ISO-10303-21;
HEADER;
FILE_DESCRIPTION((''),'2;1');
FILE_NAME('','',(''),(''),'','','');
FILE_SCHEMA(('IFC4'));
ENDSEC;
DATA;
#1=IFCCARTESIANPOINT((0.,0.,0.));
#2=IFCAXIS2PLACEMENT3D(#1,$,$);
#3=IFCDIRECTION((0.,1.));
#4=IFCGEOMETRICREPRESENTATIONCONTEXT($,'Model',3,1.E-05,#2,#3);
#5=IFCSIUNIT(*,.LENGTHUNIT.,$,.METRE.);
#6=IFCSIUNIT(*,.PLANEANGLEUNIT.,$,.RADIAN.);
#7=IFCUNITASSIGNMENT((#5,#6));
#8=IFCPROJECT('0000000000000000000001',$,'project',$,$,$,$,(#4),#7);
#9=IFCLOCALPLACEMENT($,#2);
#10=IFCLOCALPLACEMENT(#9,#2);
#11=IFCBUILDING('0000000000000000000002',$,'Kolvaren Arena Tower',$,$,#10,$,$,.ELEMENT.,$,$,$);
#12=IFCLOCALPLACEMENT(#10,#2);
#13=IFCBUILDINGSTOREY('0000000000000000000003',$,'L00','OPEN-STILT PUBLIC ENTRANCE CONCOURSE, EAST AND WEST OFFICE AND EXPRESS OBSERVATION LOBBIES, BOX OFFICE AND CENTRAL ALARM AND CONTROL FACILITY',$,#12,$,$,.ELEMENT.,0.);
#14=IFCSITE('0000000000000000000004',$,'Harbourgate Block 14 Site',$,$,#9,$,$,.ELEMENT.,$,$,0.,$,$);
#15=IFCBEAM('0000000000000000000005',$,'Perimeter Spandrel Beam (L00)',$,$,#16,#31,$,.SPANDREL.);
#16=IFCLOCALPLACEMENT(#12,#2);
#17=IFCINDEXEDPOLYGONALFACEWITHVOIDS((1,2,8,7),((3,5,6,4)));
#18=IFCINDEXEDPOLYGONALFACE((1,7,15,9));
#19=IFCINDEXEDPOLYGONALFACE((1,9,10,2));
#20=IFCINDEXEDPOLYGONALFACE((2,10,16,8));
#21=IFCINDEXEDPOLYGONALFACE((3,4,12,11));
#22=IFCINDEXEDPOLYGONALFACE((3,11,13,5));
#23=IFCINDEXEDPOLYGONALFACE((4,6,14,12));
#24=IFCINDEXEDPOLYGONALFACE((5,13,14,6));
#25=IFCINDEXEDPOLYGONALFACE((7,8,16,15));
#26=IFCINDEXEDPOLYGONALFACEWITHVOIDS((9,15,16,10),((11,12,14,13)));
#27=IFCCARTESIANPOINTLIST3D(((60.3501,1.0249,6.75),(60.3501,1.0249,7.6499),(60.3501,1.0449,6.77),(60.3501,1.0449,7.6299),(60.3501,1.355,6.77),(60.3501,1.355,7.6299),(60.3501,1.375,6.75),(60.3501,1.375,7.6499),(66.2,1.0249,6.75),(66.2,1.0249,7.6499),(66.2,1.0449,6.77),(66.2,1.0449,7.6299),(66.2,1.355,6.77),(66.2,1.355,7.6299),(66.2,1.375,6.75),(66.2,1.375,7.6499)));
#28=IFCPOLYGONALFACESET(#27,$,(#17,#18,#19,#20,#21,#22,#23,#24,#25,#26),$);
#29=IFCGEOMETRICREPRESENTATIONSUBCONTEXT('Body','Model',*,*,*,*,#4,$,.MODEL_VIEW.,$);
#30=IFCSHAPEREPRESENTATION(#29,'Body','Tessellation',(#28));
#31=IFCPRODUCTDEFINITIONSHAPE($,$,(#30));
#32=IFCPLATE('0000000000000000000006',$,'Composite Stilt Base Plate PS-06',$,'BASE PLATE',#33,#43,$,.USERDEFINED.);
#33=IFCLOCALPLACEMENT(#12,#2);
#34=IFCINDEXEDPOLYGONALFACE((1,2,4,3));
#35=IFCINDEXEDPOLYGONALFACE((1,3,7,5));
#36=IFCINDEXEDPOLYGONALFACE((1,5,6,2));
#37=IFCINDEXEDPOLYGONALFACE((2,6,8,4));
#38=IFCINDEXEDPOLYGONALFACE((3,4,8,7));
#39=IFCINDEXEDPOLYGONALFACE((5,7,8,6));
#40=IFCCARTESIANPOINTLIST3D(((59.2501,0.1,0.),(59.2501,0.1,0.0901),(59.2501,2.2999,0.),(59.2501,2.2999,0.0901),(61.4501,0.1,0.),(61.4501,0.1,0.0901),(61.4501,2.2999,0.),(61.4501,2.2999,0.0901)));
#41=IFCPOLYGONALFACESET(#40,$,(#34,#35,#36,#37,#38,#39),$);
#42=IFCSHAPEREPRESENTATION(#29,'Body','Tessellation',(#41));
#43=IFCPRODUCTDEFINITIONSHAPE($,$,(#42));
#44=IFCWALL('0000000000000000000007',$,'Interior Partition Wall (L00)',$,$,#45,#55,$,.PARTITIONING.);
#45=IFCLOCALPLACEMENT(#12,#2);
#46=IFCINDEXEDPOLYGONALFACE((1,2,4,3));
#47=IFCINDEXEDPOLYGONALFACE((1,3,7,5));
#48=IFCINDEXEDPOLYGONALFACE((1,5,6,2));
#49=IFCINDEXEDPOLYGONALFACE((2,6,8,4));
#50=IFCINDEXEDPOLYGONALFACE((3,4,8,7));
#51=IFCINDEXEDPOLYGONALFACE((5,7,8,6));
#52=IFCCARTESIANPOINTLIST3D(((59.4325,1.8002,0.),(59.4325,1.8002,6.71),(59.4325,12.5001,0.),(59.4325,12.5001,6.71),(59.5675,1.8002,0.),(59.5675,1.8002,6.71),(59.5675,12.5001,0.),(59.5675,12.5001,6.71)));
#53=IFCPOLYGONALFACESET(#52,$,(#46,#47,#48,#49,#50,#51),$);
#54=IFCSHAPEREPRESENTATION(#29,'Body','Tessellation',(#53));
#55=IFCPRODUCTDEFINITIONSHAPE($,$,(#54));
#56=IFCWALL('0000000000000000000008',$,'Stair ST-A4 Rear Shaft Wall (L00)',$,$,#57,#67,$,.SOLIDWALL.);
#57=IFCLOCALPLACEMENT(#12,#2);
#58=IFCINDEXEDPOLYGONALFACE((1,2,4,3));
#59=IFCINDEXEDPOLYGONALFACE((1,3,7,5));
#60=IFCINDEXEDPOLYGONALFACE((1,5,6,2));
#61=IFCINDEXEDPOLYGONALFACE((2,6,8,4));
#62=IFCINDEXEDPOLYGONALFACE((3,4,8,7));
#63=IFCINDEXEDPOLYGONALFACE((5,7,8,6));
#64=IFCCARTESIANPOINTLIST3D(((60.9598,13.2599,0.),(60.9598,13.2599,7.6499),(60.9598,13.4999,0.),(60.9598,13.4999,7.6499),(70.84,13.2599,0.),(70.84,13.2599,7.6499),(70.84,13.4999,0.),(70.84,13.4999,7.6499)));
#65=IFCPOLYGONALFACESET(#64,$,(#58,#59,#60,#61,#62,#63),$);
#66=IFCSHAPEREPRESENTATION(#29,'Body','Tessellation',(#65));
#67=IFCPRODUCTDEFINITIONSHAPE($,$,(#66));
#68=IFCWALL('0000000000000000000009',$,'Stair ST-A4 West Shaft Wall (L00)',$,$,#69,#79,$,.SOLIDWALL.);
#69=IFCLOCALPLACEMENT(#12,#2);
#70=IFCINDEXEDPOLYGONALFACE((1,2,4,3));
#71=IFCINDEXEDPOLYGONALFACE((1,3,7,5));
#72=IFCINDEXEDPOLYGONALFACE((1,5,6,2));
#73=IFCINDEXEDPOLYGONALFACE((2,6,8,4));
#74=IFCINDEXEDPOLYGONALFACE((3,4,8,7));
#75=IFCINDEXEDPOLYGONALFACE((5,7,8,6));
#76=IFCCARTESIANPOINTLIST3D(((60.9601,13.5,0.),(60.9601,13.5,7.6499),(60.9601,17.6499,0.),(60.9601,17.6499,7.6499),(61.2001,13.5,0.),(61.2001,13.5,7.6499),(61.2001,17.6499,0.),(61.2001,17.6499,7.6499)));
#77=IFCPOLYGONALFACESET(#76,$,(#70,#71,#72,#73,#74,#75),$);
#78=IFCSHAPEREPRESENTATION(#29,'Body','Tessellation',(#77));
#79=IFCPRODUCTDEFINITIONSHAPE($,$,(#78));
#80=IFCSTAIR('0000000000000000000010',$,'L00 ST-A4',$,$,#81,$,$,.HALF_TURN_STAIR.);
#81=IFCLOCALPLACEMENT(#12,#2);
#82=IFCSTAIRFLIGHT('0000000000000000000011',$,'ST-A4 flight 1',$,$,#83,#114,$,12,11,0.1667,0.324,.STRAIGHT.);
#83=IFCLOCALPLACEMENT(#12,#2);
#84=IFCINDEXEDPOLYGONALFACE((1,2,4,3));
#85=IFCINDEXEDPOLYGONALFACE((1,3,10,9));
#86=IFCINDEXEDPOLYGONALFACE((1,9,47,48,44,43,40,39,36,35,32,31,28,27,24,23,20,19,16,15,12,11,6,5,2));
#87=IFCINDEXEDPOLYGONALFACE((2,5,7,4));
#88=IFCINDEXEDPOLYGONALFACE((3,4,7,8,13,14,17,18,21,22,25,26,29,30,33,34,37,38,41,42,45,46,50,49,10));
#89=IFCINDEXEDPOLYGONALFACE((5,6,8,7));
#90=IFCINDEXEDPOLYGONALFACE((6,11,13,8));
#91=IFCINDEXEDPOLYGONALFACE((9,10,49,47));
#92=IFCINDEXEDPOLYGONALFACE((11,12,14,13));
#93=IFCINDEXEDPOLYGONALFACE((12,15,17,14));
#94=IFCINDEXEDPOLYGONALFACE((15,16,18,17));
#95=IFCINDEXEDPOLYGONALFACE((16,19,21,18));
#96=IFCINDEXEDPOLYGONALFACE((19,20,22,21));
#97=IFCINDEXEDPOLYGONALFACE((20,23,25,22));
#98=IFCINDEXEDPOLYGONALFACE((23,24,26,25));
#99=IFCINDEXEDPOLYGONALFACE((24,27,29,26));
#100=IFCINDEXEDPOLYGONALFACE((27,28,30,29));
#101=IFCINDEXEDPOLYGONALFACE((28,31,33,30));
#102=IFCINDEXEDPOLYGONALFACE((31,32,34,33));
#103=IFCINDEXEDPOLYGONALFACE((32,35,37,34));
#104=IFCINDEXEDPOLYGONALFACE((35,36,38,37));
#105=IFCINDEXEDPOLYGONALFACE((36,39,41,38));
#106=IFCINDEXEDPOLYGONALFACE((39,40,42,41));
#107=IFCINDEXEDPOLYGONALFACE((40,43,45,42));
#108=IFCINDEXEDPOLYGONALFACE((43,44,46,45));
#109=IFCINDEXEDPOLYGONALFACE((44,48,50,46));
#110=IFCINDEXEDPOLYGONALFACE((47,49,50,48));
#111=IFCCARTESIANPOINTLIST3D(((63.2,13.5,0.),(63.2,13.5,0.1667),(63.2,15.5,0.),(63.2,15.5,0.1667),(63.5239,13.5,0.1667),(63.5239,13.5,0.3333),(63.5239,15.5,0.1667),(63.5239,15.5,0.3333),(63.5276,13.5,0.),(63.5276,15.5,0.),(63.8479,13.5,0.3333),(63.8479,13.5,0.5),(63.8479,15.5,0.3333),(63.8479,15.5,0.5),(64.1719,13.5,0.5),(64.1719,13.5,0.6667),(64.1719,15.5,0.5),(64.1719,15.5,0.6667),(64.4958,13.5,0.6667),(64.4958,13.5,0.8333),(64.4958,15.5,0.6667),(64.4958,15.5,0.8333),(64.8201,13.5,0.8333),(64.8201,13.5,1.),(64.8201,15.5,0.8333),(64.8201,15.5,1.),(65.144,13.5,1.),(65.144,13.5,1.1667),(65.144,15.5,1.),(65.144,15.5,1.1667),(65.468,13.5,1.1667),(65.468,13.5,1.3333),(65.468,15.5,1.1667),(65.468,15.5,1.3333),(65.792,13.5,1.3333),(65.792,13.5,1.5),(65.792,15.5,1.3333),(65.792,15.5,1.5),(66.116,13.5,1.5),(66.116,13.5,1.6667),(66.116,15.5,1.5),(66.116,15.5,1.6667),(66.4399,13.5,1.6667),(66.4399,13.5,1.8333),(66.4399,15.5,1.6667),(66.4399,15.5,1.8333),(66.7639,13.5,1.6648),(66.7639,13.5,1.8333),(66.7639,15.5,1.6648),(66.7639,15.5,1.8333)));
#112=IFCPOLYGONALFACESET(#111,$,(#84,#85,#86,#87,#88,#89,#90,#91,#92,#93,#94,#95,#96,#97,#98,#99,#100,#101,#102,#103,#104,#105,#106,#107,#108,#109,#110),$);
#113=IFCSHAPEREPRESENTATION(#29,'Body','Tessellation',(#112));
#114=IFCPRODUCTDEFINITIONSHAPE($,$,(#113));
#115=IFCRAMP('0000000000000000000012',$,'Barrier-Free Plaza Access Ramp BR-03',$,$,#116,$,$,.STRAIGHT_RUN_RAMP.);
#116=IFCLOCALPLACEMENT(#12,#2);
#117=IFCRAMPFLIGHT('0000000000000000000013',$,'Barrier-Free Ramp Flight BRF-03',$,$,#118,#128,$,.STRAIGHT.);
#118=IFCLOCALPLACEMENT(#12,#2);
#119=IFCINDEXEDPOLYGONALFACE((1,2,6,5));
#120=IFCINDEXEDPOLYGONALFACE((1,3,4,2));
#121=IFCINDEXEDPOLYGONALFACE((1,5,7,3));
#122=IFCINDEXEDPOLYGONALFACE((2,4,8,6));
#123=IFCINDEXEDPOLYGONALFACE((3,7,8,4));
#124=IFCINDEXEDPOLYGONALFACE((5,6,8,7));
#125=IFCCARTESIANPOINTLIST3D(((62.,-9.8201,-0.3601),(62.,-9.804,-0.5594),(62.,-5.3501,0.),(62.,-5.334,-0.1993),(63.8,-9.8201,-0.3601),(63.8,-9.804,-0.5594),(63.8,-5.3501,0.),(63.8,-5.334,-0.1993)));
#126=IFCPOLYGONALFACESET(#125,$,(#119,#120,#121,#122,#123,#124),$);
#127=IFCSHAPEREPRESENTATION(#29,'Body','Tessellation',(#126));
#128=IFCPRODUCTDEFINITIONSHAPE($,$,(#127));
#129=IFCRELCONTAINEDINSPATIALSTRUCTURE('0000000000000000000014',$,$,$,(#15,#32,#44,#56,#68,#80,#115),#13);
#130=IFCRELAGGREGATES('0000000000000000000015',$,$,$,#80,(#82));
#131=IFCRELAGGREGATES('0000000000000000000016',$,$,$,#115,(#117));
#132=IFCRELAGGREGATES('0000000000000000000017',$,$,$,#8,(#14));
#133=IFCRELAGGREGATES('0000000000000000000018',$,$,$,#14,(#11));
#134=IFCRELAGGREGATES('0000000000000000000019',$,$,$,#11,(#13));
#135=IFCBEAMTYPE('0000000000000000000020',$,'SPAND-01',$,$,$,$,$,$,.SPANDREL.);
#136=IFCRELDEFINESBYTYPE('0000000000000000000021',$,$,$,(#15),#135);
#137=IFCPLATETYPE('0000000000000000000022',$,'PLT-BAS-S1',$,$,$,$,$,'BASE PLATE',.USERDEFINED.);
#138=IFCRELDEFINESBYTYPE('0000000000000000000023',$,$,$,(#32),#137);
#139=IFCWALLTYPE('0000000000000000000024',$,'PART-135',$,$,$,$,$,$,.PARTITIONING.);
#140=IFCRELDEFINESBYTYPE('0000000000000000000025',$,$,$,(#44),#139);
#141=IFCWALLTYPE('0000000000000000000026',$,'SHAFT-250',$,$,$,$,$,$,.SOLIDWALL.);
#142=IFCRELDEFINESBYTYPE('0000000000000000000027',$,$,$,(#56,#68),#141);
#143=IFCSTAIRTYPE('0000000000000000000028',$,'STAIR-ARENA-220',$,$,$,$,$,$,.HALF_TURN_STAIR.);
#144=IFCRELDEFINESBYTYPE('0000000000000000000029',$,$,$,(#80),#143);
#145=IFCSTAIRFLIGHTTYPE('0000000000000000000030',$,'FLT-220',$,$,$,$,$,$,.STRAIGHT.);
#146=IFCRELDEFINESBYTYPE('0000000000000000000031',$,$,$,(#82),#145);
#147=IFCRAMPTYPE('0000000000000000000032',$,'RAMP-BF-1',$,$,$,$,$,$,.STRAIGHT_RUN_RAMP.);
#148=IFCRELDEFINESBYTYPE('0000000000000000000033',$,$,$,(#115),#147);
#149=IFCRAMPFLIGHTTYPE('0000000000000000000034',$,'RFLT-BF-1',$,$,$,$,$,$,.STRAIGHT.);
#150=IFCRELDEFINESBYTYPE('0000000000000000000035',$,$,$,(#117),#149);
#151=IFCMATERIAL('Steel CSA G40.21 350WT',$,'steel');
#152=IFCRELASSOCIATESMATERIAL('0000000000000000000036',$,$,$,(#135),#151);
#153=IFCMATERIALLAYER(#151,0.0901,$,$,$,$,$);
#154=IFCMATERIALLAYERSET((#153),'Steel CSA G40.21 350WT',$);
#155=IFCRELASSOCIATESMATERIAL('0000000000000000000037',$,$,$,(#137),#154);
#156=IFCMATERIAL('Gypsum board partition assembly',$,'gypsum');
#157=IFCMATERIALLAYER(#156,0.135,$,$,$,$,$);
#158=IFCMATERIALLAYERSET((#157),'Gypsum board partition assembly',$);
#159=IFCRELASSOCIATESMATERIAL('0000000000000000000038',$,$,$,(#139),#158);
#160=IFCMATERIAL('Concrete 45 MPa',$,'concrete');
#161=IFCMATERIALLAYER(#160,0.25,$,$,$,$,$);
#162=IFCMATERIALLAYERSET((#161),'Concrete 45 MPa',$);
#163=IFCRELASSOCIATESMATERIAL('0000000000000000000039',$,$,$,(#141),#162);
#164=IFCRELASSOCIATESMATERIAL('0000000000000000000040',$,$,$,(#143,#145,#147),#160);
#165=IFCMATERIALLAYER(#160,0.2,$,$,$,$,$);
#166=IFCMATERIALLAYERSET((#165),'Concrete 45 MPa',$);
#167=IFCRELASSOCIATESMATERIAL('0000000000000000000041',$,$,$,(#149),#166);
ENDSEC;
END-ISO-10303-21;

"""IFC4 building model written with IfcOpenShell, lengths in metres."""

from ifc_helpers import new_model, si_unit, direction, frame, frame_2d, origin, origin_2d, place, context, subcontext, project, spatial, polyline, rectangle, hollow_rectangle, outline, extrude, material, layer, layer_set, material_profile, profile_set, type_object, element, aggregate, save


model = new_model("IFC4")

# Units and contexts
model_context = context("Model", 3, precision=1e-05, world=origin(), true_north=direction((0.0, 1.0)))
body_context = subcontext(model_context, "Body", "Model", "MODEL_VIEW")
ifc_project = project(units=[si_unit("LENGTHUNIT", "METRE"), si_unit("PLANEANGLEUNIT", "RADIAN")], contexts=[model_context])

# Site, building, storey
site_placement = place(None, origin())
site = spatial("IfcSite", under=ifc_project, at=site_placement, Name="Harbourgate Block 14 Site", CompositionType="ELEMENT", RefElevation=0.0)
building_placement = place(site_placement, origin())
building = spatial("IfcBuilding", under=site, at=building_placement, Name="Kolvaren Arena Tower", CompositionType="ELEMENT")
storey_placement = place(building_placement, origin())
storey = spatial("IfcBuildingStorey", under=building, at=storey_placement, Name="L00", Description="OPEN-STILT PUBLIC ENTRANCE CONCOURSE, EAST AND WEST OFFICE AND EXPRESS OBSERVATION LOBBIES, BOX OFFICE AND CENTRAL ALARM AND CONTROL FACILITY", CompositionType="ELEMENT", Elevation=0.0)

# Shared definitions
ifc_material_1 = material(Name="Steel CSA G40.21 350WT", Category="steel")

# Beam
ifc_material_profile_1 = material_profile(ifc_material_1, hollow_rectangle(XDim=0.3501, YDim=0.8999, WallThickness=0.02, at=origin_2d()), Name="HSS 900x350x20")
ifc_profile_set_1 = profile_set([ifc_material_profile_1], Name="Steel CSA G40.21 350WT")
beam_type_1 = type_object("IfcBeamType", Name="SPAND-01", PredefinedType="SPANDREL", material=ifc_profile_set_1)
beam_1_placement = place(storey_placement, frame((60.3501, 1.2, 7.2), z_axis=(1.0, 0.0, 0.0), x_axis=(0.0, 1.0, 0.0)))
element("IfcBeam", 1, at=beam_1_placement, inside=storey, type_object=beam_type_1, Name="Perimeter Spandrel Beam (L00)", PredefinedType="SPANDREL", context=body_context, shape_type="SweptSolid", body=[
    extrude(hollow_rectangle(XDim=0.3501, YDim=0.8999, WallThickness=0.02, at=origin_2d()), origin(), (0.0, 0.0, 1.0), 5.8499),
])

# Plate
ifc_layer_1 = layer(ifc_material_1, 0.0901)
ifc_layer_set_1 = layer_set([ifc_layer_1], Name="Steel CSA G40.21 350WT")
plate_type = type_object("IfcPlateType", Name="PLT-BAS-S1", ElementType="BASE PLATE", PredefinedType="USERDEFINED", material=ifc_layer_set_1)
plate_placement = place(storey_placement, frame((60.3501, 1.2, 0.0), z_axis=(0.0, 0.0, 1.0), x_axis=(1.0, 0.0, 0.0)))
element("IfcPlate", 2, at=plate_placement, inside=storey, type_object=plate_type, Name="Composite Stilt Base Plate PS-06", ObjectType="BASE PLATE", PredefinedType="USERDEFINED", context=body_context, shape_type="SweptSolid", body=[
    extrude(rectangle(XDim=2.2, YDim=2.2, at=origin_2d()), origin(), (0.0, 0.0, 1.0), 0.0901),
])

# Walls
ifc_material_2 = material(Name="Gypsum board partition assembly", Category="gypsum")
ifc_layer_2 = layer(ifc_material_2, 0.135)
ifc_layer_set_2 = layer_set([ifc_layer_2], Name="Gypsum board partition assembly")
wall_type_1 = type_object("IfcWallType", Name="PART-135", PredefinedType="PARTITIONING", material=ifc_layer_set_2)
wall_1_placement = place(storey_placement, frame((59.5, 1.8, 0.0), z_axis=(0.0, 0.0, 1.0), x_axis=(0.0, 1.0, 0.0)))
element("IfcWall", 3, at=wall_1_placement, inside=storey, type_object=wall_type_1, Name="Interior Partition Wall (L00)", PredefinedType="PARTITIONING", context=body_context, shape_type="SweptSolid", body=[
    extrude(rectangle(XDim=10.7, YDim=0.135, at=frame_2d((5.3501, 0.0))), origin(), (0.0, 0.0, 1.0), 6.71),
])
ifc_material_3 = material(Name="Concrete 45 MPa", Category="concrete")
ifc_layer_3 = layer(ifc_material_3, 0.25)
ifc_layer_set_3 = layer_set([ifc_layer_3], Name="Concrete 45 MPa")
wall_type_2 = type_object("IfcWallType", Name="SHAFT-250", PredefinedType="SOLIDWALL", material=ifc_layer_set_3)
wall_2_placement = place(storey_placement, frame((60.96, 13.3799, 0.0), z_axis=(0.0, 0.0, 1.0), x_axis=(1.0, 0.0, 0.0)))
element("IfcWall", 4, at=wall_2_placement, inside=storey, type_object=wall_type_2, Name="Stair ST-A4 Rear Shaft Wall (L00)", PredefinedType="SOLIDWALL", context=body_context, shape_type="SweptSolid", body=[
    extrude(rectangle(XDim=9.8801, YDim=0.24, at=frame_2d((4.9399, 0.0))), origin(), (0.0, 0.0, 1.0), 7.6499),
])
wall_3_placement = place(storey_placement, frame((61.0801, 13.5, 0.0), z_axis=(0.0, 0.0, 1.0), x_axis=(0.0, 1.0, 0.0)))
element("IfcWall", 5, at=wall_3_placement, inside=storey, type_object=wall_type_2, Name="Stair ST-A4 West Shaft Wall (L00)", PredefinedType="SOLIDWALL", context=body_context, shape_type="SweptSolid", body=[
    extrude(rectangle(XDim=4.1499, YDim=0.24, at=frame_2d((2.075, 0.0))), origin(), (0.0, 0.0, 1.0), 7.6499),
])

# Stair, stair flight
stair_type = type_object("IfcStairType", Name="STAIR-ARENA-220", PredefinedType="HALF_TURN_STAIR", material=ifc_material_3)
stair_placement = place(storey_placement, origin())
stair = element("IfcStair", 6, at=stair_placement, inside=storey, type_object=stair_type, Name="L00 ST-A4", PredefinedType="HALF_TURN_STAIR")
stair_flight_type = type_object("IfcStairFlightType", Name="FLT-220", PredefinedType="STRAIGHT", material=ifc_material_3)
stair_flight_placement = place(storey_placement, frame((63.2, 14.5, 0.0), z_axis=(0.0, 0.0, 1.0), x_axis=(1.0, 0.0, 0.0)))
stair_flight = element("IfcStairFlight", 7, at=stair_flight_placement, type_object=stair_flight_type, Name="ST-A4 flight 1", NumberOfRisers=12, NumberOfTreads=11, PredefinedType="STRAIGHT", RiserHeight=0.1667, TreadLength=0.324, context=body_context, shape_type="SweptSolid", body=[
    extrude(outline(polyline([(0.0, 0.0), (0.0, 0.1667), (0.324, 0.1667), (0.324, 0.3333), (0.6479, 0.3333), (0.6479, 0.5), (0.9719, 0.5), (0.9719, 0.6667), (1.2959, 0.6667), (1.2959, 0.8333), (1.6201, 0.8333), (1.6201, 1.0), (1.9441, 1.0), (1.9441, 1.1667), (2.2681, 1.1667), (2.2681, 1.3333), (2.592, 1.3333), (2.592, 1.5), (2.916, 1.5), (2.916, 1.6667), (3.24, 1.6667), (3.24, 1.8333), (3.564, 1.8333), (3.564, 2.0), (3.564, 1.6648), (0.3276, 0.0), (0.0, 0.0)])), frame((0.0, 1.0, 0.0), z_axis=(0.0, -1.0, 0.0), x_axis=(1.0, 0.0, 0.0)), (0.0, 0.0, 1.0), 2.0),
])
aggregate(stair, [stair_flight])

# Ramp, ramp flight
ramp_type = type_object("IfcRampType", Name="RAMP-BF-1", PredefinedType="STRAIGHT_RUN_RAMP", material=ifc_material_3)
ramp_placement = place(storey_placement, origin())
ramp = element("IfcRamp", 8, at=ramp_placement, inside=storey, type_object=ramp_type, Name="Barrier-Free Plaza Access Ramp BR-03", PredefinedType="STRAIGHT_RUN_RAMP")
ifc_layer_4 = layer(ifc_material_3, 0.2)
ifc_layer_set_4 = layer_set([ifc_layer_4], Name="Concrete 45 MPa")
ramp_flight_type = type_object("IfcRampFlightType", Name="RFLT-BF-1", PredefinedType="STRAIGHT", material=ifc_layer_set_4)
ramp_flight_placement = place(storey_placement, frame((62.0, -9.8201, -0.3601), z_axis=(0.0, -0.080301, 0.996771), x_axis=(1.0, 0.0, 0.0)))
ramp_flight = element("IfcRampFlight", 9, at=ramp_flight_placement, type_object=ramp_flight_type, Name="Barrier-Free Ramp Flight BRF-03", PredefinedType="STRAIGHT", context=body_context, shape_type="SweptSolid", body=[
    extrude(outline(polyline([(0.0, 0.0), (1.8, 0.0), (1.8, 4.4845), (0.0, 4.4845), (0.0, 0.0)])), origin(), (0.0, 0.0, -1.0), 0.2),
])
aggregate(ramp, [ramp_flight])

save(model, "model.ifc")
